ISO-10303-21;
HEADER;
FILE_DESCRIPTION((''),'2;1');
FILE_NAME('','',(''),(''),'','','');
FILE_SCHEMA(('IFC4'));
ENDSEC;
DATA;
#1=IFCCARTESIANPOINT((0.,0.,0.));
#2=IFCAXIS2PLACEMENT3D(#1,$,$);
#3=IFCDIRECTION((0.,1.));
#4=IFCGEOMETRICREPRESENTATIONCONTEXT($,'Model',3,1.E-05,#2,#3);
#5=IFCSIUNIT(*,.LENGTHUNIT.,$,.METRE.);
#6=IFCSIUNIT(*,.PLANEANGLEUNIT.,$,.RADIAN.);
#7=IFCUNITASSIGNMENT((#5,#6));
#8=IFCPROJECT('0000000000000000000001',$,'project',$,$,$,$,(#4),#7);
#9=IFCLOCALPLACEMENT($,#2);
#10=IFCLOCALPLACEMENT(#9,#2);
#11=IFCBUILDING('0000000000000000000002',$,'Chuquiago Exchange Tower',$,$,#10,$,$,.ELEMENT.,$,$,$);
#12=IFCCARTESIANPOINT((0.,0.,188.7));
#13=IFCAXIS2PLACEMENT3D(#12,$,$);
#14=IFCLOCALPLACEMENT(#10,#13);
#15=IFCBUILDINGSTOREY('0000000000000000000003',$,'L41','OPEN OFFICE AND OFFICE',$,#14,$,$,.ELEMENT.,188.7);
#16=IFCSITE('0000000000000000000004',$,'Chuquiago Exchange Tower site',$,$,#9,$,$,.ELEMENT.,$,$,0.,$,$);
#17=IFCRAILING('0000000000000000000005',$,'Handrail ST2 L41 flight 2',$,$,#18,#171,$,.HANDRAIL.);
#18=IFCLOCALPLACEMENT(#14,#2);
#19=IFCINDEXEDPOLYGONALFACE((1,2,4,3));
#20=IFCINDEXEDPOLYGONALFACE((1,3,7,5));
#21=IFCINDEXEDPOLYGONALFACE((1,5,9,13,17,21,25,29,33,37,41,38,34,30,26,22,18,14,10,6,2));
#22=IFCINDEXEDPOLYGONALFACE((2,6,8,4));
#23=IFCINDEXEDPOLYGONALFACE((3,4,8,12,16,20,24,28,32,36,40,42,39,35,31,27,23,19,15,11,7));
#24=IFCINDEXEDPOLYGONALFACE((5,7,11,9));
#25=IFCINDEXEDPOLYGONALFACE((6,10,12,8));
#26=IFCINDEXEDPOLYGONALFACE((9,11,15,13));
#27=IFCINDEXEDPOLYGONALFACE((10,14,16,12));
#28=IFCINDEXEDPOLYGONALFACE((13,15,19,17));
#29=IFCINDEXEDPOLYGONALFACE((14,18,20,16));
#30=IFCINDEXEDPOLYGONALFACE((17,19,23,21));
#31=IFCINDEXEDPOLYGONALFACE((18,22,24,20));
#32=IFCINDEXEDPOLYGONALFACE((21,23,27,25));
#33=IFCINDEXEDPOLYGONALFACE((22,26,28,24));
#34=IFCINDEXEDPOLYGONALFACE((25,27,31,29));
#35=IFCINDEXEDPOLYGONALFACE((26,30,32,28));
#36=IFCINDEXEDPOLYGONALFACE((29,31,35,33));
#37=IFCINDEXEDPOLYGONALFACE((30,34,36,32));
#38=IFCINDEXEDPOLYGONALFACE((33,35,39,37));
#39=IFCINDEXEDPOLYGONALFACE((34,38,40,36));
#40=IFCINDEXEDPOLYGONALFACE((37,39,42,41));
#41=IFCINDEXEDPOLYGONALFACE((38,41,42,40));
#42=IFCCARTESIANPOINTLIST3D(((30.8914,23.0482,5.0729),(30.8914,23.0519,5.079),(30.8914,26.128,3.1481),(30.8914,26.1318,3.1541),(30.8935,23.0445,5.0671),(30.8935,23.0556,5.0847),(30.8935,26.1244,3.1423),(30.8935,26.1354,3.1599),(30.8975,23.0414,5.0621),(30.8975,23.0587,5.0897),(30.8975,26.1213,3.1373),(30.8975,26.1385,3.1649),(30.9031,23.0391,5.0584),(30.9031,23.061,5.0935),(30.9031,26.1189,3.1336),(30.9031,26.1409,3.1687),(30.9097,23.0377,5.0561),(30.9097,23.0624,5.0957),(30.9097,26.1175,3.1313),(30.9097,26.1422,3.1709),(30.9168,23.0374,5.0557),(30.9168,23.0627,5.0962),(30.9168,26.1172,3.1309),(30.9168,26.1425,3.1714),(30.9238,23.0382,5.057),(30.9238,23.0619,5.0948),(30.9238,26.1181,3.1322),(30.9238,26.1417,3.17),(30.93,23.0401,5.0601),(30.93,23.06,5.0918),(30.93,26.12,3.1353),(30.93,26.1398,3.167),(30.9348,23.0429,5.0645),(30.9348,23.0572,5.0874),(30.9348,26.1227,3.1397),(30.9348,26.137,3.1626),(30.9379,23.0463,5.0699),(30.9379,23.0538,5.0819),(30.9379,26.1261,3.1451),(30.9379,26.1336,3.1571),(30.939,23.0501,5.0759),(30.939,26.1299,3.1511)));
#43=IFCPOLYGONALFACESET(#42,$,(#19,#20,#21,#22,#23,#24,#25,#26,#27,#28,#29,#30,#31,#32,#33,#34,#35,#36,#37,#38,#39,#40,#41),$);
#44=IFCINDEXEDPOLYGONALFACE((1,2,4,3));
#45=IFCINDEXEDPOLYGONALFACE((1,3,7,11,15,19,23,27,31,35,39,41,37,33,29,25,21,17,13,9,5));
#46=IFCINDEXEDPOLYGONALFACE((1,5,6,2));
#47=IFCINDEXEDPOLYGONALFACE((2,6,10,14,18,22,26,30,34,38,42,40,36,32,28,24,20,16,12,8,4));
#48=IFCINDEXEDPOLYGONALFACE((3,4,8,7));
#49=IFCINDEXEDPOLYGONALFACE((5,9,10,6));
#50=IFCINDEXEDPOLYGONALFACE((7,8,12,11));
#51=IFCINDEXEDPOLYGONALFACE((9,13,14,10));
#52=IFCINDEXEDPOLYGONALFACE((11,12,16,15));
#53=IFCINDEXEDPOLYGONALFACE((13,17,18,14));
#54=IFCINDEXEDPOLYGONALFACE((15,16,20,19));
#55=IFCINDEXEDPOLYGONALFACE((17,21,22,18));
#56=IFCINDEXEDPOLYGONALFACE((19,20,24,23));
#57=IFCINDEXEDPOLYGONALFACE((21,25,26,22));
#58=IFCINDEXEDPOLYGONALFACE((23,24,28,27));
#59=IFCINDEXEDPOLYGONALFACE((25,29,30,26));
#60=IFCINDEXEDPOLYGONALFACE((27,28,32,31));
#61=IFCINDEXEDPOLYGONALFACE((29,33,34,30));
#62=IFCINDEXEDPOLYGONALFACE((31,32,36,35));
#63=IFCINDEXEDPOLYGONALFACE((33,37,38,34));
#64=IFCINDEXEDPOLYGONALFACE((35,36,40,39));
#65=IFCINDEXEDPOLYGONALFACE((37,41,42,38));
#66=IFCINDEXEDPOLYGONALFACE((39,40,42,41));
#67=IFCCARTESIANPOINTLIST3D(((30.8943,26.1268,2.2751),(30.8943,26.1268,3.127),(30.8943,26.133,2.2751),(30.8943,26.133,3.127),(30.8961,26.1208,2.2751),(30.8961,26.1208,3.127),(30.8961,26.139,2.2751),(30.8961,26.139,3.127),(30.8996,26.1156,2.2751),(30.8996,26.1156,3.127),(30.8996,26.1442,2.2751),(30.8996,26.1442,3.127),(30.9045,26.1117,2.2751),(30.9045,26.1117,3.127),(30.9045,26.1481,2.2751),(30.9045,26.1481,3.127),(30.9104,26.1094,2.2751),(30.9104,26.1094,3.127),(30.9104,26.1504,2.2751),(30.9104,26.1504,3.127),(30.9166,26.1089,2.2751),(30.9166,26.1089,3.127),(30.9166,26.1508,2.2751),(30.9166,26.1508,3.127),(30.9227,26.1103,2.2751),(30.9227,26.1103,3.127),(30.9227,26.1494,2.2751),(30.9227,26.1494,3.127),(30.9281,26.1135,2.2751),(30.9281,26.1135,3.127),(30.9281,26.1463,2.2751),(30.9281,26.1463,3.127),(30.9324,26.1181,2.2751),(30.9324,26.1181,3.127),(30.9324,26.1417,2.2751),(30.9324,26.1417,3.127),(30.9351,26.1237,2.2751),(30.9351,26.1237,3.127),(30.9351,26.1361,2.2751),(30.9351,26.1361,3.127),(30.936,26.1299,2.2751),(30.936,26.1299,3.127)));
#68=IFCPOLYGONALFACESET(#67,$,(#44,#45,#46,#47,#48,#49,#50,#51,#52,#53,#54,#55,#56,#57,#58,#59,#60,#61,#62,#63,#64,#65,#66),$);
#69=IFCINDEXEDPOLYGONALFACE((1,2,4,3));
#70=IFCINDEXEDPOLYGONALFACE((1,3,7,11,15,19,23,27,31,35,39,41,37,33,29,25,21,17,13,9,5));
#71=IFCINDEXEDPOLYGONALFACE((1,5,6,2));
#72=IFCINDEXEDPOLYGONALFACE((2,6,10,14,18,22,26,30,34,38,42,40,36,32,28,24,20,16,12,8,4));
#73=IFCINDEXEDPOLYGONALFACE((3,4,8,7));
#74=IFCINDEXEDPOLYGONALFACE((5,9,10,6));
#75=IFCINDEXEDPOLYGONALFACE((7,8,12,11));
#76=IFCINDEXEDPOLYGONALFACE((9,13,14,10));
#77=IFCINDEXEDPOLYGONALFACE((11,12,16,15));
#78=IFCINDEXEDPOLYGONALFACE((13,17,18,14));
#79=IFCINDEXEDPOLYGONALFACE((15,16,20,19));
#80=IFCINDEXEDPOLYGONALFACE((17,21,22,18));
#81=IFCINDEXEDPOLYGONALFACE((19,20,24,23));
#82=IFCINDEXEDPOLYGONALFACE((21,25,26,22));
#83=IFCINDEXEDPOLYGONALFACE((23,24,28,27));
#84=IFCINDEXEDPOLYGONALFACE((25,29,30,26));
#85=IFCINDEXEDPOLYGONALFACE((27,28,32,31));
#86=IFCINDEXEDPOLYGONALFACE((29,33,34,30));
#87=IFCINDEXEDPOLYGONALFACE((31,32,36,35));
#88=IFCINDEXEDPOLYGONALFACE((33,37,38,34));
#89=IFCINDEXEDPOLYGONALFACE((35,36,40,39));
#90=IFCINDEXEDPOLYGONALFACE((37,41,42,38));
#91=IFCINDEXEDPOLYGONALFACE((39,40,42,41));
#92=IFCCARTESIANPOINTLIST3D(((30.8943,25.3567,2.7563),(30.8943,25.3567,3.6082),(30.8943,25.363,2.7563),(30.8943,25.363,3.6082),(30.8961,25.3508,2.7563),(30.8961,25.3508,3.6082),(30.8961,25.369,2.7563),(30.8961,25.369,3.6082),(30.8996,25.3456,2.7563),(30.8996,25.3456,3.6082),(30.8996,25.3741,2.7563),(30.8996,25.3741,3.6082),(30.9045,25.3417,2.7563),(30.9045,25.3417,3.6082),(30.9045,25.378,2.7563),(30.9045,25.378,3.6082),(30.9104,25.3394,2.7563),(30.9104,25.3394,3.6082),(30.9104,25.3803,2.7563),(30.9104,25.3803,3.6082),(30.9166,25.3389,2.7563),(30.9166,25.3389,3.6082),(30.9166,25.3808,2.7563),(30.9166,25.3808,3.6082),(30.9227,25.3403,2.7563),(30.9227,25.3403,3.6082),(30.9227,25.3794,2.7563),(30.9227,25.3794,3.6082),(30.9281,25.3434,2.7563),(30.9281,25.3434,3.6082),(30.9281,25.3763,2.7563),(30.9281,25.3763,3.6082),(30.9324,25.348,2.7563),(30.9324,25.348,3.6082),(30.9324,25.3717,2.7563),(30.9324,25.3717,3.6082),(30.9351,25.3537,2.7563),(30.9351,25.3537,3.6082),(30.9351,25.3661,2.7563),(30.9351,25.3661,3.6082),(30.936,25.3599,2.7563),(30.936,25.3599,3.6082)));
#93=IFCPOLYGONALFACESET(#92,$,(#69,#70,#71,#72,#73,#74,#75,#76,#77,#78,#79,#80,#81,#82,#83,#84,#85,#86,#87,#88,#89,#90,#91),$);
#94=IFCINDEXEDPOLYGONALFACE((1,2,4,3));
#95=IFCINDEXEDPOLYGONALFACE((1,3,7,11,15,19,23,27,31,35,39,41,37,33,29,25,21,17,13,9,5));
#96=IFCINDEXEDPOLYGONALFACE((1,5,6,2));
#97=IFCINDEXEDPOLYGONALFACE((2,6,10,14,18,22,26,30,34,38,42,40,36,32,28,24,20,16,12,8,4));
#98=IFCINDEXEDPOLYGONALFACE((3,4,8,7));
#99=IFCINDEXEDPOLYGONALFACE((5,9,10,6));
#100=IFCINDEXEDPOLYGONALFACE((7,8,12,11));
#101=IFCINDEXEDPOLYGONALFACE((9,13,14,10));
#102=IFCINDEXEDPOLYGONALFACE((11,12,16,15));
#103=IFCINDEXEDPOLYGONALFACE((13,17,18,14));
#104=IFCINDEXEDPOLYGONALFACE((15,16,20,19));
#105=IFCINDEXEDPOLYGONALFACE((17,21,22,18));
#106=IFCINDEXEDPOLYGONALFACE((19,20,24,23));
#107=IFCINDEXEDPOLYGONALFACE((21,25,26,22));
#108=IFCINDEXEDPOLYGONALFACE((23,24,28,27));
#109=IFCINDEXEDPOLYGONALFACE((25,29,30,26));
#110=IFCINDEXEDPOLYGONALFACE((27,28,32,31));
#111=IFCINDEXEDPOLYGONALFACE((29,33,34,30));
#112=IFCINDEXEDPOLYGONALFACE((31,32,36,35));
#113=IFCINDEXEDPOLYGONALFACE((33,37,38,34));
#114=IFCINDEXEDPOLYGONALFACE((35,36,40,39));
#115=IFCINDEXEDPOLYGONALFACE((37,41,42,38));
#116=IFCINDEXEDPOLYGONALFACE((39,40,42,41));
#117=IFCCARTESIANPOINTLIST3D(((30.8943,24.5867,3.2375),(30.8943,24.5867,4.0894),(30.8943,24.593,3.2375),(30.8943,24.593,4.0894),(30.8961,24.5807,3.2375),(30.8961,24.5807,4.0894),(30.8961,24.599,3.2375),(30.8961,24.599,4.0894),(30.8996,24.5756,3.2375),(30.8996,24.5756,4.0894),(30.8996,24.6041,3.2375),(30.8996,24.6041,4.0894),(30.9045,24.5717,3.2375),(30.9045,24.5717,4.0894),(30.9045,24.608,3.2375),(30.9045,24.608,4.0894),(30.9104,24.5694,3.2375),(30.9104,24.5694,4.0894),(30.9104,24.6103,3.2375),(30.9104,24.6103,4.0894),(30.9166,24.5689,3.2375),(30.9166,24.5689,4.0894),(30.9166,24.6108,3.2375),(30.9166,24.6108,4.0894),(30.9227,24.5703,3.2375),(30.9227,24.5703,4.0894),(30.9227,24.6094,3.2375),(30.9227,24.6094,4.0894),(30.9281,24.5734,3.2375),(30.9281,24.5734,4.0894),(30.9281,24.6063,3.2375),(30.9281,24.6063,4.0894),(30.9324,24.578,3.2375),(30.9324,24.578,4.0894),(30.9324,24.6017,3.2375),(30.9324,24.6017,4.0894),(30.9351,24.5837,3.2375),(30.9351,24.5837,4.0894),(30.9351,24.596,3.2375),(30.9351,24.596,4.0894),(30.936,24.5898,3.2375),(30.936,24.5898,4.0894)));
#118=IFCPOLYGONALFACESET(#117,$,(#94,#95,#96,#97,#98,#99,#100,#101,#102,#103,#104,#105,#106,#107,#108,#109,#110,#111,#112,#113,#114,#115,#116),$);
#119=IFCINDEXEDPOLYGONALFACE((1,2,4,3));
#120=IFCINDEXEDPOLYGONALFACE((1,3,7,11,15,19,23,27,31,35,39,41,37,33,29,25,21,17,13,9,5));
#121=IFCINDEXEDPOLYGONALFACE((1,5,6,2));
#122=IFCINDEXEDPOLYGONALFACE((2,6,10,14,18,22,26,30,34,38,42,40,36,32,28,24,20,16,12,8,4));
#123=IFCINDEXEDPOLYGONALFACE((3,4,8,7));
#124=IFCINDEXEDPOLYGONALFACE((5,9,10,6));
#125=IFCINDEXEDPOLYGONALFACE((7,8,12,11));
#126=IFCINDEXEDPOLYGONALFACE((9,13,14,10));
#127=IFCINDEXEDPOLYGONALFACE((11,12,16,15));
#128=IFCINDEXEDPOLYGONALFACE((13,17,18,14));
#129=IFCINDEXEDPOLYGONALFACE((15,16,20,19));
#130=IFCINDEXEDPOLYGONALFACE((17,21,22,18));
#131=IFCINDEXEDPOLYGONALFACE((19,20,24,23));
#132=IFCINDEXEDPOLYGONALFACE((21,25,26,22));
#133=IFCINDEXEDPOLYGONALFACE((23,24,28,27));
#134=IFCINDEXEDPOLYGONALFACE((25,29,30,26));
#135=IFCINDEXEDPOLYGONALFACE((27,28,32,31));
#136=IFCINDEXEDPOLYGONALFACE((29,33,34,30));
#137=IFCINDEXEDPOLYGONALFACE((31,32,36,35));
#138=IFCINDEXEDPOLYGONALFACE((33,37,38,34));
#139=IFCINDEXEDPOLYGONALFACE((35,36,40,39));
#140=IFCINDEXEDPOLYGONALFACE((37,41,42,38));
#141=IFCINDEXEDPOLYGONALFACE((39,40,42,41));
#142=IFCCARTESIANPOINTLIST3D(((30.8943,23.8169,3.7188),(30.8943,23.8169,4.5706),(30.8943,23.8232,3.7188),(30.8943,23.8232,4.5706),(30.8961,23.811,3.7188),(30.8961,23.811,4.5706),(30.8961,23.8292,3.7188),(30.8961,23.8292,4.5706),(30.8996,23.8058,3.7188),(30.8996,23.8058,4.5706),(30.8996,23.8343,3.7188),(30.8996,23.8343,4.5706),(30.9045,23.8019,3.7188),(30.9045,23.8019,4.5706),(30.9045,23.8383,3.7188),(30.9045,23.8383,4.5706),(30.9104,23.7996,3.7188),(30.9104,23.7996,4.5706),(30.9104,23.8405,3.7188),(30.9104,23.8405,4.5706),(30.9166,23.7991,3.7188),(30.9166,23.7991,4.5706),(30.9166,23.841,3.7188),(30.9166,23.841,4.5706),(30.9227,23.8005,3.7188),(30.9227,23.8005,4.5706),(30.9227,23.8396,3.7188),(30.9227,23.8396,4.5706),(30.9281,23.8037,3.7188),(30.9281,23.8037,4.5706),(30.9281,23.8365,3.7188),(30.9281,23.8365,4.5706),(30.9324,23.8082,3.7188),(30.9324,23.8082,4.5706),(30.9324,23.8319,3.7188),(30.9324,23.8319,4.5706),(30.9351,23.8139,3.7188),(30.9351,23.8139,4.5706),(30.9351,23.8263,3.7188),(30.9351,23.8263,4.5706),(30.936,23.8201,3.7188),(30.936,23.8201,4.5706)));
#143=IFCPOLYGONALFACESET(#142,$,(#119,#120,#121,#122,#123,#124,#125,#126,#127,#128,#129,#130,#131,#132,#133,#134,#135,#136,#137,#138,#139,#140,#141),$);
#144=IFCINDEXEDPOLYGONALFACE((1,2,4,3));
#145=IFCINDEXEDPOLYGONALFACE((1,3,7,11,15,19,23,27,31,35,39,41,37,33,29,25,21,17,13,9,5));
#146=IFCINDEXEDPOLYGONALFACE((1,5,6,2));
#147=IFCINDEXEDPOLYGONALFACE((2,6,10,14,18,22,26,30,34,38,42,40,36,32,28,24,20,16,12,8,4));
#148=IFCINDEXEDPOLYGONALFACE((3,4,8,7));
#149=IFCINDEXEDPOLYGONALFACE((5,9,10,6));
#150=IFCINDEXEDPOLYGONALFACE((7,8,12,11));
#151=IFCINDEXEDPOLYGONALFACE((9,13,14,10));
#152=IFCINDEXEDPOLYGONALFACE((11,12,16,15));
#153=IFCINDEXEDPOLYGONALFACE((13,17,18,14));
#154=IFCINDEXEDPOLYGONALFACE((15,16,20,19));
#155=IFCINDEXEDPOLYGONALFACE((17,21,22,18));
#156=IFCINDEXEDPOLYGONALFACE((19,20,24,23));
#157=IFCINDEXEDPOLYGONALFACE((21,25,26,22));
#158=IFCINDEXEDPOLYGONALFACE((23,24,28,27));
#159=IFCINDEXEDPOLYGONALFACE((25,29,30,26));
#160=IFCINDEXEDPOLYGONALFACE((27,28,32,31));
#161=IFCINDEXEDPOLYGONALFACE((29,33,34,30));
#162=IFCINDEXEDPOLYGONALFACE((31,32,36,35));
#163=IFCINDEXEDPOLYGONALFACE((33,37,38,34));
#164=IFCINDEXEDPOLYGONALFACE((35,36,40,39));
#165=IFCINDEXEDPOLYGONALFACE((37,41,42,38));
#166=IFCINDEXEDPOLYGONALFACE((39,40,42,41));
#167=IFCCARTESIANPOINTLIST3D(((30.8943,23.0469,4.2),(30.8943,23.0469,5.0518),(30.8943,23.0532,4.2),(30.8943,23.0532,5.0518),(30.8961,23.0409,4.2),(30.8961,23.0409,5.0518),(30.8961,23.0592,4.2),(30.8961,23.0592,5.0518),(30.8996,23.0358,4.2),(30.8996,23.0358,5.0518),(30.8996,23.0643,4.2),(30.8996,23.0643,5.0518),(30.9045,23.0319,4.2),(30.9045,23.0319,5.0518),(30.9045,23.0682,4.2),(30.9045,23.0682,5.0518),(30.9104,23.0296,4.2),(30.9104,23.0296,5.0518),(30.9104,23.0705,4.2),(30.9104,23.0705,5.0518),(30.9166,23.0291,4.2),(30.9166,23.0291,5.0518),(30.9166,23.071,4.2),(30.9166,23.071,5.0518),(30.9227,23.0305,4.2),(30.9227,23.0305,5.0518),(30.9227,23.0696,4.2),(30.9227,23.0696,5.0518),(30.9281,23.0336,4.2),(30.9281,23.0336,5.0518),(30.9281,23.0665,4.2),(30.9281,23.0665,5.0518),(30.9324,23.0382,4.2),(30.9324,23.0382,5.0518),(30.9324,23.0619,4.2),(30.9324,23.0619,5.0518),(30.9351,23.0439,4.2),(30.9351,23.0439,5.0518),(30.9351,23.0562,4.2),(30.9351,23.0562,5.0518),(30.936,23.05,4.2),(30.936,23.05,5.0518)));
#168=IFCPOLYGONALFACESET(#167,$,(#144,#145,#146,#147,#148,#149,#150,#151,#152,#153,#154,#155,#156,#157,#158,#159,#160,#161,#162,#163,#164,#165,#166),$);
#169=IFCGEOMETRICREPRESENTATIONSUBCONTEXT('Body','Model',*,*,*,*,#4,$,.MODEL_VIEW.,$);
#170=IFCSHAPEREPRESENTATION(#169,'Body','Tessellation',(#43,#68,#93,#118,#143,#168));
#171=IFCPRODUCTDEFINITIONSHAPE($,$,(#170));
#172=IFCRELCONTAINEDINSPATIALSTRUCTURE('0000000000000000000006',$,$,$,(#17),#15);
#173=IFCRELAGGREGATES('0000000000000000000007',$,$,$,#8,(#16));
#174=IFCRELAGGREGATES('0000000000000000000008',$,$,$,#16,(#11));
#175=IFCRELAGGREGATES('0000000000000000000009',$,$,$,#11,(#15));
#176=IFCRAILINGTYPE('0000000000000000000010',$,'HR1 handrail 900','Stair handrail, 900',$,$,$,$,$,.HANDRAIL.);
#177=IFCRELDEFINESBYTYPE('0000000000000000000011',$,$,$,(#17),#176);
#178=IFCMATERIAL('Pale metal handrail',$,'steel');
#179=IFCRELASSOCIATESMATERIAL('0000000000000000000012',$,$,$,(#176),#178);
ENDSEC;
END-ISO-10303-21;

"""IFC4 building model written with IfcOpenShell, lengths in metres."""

from ifc_helpers import new_model, si_unit, direction, frame, origin, origin_2d, place, context, subcontext, project, spatial, circle, extrude, material, type_object, element, save


model = new_model("IFC4")

# Units and contexts
model_context = context("Model", 3, precision=1e-05, world=origin(), true_north=direction((0.0, 1.0)))
body_context = subcontext(model_context, "Body", "Model", "MODEL_VIEW")
ifc_project = project(units=[si_unit("LENGTHUNIT", "METRE"), si_unit("PLANEANGLEUNIT", "RADIAN")], contexts=[model_context])

# Site, building, storey
site_placement = place(None, origin())
site = spatial("IfcSite", under=ifc_project, at=site_placement, Name="Chuquiago Exchange Tower site", CompositionType="ELEMENT", RefElevation=0.0)
building_placement = place(site_placement, origin())
building = spatial("IfcBuilding", under=site, at=building_placement, Name="Chuquiago Exchange Tower", CompositionType="ELEMENT")
storey_placement = place(building_placement, frame((0.0, 0.0, 188.7)))
storey = spatial("IfcBuildingStorey", under=building, at=storey_placement, Name="L41", Description="OPEN OFFICE AND OFFICE", CompositionType="ELEMENT", Elevation=188.7)

# Railing
ifc_material_1 = material(Name="Pale metal handrail", Category="steel")
railing_type_1 = type_object("IfcRailingType", Name="HR1 handrail 900", Description="Stair handrail, 900", PredefinedType="HANDRAIL", material=ifc_material_1)
railing_1_placement = place(storey_placement, frame((30.915, 26.1299, 2.2751)))
element("IfcRailing", 1, at=railing_1_placement, inside=storey, type_object=railing_type_1, Name="Handrail ST2 L41 flight 2", PredefinedType="HANDRAIL", context=body_context, shape_type="SweptSolid", body=[
    extrude(circle(Radius=0.0239, at=origin_2d()), frame((0.0, 0.0, 0.876), z_axis=(0.0, -0.84801, 0.529981), x_axis=(1.0, 0.0, 0.0)), (0.0, 0.0, 1.0), 3.6318),
    extrude(circle(Radius=0.021, at=origin_2d()), origin(), (0.0, 0.0, 1.0), 0.8518),
    extrude(circle(Radius=0.021, at=origin_2d()), frame((0.0, -0.77, 0.4812)), (0.0, 0.0, 1.0), 0.8518),
    extrude(circle(Radius=0.021, at=origin_2d()), frame((0.0, -1.54, 0.9624)), (0.0, 0.0, 1.0), 0.8518),
    extrude(circle(Radius=0.021, at=origin_2d()), frame((0.0, -2.3098, 1.4436)), (0.0, 0.0, 1.0), 0.8518),
    extrude(circle(Radius=0.021, at=origin_2d()), frame((0.0, -3.0798, 1.9248)), (0.0, 0.0, 1.0), 0.8518),
])

save(model, "model.ifc")
